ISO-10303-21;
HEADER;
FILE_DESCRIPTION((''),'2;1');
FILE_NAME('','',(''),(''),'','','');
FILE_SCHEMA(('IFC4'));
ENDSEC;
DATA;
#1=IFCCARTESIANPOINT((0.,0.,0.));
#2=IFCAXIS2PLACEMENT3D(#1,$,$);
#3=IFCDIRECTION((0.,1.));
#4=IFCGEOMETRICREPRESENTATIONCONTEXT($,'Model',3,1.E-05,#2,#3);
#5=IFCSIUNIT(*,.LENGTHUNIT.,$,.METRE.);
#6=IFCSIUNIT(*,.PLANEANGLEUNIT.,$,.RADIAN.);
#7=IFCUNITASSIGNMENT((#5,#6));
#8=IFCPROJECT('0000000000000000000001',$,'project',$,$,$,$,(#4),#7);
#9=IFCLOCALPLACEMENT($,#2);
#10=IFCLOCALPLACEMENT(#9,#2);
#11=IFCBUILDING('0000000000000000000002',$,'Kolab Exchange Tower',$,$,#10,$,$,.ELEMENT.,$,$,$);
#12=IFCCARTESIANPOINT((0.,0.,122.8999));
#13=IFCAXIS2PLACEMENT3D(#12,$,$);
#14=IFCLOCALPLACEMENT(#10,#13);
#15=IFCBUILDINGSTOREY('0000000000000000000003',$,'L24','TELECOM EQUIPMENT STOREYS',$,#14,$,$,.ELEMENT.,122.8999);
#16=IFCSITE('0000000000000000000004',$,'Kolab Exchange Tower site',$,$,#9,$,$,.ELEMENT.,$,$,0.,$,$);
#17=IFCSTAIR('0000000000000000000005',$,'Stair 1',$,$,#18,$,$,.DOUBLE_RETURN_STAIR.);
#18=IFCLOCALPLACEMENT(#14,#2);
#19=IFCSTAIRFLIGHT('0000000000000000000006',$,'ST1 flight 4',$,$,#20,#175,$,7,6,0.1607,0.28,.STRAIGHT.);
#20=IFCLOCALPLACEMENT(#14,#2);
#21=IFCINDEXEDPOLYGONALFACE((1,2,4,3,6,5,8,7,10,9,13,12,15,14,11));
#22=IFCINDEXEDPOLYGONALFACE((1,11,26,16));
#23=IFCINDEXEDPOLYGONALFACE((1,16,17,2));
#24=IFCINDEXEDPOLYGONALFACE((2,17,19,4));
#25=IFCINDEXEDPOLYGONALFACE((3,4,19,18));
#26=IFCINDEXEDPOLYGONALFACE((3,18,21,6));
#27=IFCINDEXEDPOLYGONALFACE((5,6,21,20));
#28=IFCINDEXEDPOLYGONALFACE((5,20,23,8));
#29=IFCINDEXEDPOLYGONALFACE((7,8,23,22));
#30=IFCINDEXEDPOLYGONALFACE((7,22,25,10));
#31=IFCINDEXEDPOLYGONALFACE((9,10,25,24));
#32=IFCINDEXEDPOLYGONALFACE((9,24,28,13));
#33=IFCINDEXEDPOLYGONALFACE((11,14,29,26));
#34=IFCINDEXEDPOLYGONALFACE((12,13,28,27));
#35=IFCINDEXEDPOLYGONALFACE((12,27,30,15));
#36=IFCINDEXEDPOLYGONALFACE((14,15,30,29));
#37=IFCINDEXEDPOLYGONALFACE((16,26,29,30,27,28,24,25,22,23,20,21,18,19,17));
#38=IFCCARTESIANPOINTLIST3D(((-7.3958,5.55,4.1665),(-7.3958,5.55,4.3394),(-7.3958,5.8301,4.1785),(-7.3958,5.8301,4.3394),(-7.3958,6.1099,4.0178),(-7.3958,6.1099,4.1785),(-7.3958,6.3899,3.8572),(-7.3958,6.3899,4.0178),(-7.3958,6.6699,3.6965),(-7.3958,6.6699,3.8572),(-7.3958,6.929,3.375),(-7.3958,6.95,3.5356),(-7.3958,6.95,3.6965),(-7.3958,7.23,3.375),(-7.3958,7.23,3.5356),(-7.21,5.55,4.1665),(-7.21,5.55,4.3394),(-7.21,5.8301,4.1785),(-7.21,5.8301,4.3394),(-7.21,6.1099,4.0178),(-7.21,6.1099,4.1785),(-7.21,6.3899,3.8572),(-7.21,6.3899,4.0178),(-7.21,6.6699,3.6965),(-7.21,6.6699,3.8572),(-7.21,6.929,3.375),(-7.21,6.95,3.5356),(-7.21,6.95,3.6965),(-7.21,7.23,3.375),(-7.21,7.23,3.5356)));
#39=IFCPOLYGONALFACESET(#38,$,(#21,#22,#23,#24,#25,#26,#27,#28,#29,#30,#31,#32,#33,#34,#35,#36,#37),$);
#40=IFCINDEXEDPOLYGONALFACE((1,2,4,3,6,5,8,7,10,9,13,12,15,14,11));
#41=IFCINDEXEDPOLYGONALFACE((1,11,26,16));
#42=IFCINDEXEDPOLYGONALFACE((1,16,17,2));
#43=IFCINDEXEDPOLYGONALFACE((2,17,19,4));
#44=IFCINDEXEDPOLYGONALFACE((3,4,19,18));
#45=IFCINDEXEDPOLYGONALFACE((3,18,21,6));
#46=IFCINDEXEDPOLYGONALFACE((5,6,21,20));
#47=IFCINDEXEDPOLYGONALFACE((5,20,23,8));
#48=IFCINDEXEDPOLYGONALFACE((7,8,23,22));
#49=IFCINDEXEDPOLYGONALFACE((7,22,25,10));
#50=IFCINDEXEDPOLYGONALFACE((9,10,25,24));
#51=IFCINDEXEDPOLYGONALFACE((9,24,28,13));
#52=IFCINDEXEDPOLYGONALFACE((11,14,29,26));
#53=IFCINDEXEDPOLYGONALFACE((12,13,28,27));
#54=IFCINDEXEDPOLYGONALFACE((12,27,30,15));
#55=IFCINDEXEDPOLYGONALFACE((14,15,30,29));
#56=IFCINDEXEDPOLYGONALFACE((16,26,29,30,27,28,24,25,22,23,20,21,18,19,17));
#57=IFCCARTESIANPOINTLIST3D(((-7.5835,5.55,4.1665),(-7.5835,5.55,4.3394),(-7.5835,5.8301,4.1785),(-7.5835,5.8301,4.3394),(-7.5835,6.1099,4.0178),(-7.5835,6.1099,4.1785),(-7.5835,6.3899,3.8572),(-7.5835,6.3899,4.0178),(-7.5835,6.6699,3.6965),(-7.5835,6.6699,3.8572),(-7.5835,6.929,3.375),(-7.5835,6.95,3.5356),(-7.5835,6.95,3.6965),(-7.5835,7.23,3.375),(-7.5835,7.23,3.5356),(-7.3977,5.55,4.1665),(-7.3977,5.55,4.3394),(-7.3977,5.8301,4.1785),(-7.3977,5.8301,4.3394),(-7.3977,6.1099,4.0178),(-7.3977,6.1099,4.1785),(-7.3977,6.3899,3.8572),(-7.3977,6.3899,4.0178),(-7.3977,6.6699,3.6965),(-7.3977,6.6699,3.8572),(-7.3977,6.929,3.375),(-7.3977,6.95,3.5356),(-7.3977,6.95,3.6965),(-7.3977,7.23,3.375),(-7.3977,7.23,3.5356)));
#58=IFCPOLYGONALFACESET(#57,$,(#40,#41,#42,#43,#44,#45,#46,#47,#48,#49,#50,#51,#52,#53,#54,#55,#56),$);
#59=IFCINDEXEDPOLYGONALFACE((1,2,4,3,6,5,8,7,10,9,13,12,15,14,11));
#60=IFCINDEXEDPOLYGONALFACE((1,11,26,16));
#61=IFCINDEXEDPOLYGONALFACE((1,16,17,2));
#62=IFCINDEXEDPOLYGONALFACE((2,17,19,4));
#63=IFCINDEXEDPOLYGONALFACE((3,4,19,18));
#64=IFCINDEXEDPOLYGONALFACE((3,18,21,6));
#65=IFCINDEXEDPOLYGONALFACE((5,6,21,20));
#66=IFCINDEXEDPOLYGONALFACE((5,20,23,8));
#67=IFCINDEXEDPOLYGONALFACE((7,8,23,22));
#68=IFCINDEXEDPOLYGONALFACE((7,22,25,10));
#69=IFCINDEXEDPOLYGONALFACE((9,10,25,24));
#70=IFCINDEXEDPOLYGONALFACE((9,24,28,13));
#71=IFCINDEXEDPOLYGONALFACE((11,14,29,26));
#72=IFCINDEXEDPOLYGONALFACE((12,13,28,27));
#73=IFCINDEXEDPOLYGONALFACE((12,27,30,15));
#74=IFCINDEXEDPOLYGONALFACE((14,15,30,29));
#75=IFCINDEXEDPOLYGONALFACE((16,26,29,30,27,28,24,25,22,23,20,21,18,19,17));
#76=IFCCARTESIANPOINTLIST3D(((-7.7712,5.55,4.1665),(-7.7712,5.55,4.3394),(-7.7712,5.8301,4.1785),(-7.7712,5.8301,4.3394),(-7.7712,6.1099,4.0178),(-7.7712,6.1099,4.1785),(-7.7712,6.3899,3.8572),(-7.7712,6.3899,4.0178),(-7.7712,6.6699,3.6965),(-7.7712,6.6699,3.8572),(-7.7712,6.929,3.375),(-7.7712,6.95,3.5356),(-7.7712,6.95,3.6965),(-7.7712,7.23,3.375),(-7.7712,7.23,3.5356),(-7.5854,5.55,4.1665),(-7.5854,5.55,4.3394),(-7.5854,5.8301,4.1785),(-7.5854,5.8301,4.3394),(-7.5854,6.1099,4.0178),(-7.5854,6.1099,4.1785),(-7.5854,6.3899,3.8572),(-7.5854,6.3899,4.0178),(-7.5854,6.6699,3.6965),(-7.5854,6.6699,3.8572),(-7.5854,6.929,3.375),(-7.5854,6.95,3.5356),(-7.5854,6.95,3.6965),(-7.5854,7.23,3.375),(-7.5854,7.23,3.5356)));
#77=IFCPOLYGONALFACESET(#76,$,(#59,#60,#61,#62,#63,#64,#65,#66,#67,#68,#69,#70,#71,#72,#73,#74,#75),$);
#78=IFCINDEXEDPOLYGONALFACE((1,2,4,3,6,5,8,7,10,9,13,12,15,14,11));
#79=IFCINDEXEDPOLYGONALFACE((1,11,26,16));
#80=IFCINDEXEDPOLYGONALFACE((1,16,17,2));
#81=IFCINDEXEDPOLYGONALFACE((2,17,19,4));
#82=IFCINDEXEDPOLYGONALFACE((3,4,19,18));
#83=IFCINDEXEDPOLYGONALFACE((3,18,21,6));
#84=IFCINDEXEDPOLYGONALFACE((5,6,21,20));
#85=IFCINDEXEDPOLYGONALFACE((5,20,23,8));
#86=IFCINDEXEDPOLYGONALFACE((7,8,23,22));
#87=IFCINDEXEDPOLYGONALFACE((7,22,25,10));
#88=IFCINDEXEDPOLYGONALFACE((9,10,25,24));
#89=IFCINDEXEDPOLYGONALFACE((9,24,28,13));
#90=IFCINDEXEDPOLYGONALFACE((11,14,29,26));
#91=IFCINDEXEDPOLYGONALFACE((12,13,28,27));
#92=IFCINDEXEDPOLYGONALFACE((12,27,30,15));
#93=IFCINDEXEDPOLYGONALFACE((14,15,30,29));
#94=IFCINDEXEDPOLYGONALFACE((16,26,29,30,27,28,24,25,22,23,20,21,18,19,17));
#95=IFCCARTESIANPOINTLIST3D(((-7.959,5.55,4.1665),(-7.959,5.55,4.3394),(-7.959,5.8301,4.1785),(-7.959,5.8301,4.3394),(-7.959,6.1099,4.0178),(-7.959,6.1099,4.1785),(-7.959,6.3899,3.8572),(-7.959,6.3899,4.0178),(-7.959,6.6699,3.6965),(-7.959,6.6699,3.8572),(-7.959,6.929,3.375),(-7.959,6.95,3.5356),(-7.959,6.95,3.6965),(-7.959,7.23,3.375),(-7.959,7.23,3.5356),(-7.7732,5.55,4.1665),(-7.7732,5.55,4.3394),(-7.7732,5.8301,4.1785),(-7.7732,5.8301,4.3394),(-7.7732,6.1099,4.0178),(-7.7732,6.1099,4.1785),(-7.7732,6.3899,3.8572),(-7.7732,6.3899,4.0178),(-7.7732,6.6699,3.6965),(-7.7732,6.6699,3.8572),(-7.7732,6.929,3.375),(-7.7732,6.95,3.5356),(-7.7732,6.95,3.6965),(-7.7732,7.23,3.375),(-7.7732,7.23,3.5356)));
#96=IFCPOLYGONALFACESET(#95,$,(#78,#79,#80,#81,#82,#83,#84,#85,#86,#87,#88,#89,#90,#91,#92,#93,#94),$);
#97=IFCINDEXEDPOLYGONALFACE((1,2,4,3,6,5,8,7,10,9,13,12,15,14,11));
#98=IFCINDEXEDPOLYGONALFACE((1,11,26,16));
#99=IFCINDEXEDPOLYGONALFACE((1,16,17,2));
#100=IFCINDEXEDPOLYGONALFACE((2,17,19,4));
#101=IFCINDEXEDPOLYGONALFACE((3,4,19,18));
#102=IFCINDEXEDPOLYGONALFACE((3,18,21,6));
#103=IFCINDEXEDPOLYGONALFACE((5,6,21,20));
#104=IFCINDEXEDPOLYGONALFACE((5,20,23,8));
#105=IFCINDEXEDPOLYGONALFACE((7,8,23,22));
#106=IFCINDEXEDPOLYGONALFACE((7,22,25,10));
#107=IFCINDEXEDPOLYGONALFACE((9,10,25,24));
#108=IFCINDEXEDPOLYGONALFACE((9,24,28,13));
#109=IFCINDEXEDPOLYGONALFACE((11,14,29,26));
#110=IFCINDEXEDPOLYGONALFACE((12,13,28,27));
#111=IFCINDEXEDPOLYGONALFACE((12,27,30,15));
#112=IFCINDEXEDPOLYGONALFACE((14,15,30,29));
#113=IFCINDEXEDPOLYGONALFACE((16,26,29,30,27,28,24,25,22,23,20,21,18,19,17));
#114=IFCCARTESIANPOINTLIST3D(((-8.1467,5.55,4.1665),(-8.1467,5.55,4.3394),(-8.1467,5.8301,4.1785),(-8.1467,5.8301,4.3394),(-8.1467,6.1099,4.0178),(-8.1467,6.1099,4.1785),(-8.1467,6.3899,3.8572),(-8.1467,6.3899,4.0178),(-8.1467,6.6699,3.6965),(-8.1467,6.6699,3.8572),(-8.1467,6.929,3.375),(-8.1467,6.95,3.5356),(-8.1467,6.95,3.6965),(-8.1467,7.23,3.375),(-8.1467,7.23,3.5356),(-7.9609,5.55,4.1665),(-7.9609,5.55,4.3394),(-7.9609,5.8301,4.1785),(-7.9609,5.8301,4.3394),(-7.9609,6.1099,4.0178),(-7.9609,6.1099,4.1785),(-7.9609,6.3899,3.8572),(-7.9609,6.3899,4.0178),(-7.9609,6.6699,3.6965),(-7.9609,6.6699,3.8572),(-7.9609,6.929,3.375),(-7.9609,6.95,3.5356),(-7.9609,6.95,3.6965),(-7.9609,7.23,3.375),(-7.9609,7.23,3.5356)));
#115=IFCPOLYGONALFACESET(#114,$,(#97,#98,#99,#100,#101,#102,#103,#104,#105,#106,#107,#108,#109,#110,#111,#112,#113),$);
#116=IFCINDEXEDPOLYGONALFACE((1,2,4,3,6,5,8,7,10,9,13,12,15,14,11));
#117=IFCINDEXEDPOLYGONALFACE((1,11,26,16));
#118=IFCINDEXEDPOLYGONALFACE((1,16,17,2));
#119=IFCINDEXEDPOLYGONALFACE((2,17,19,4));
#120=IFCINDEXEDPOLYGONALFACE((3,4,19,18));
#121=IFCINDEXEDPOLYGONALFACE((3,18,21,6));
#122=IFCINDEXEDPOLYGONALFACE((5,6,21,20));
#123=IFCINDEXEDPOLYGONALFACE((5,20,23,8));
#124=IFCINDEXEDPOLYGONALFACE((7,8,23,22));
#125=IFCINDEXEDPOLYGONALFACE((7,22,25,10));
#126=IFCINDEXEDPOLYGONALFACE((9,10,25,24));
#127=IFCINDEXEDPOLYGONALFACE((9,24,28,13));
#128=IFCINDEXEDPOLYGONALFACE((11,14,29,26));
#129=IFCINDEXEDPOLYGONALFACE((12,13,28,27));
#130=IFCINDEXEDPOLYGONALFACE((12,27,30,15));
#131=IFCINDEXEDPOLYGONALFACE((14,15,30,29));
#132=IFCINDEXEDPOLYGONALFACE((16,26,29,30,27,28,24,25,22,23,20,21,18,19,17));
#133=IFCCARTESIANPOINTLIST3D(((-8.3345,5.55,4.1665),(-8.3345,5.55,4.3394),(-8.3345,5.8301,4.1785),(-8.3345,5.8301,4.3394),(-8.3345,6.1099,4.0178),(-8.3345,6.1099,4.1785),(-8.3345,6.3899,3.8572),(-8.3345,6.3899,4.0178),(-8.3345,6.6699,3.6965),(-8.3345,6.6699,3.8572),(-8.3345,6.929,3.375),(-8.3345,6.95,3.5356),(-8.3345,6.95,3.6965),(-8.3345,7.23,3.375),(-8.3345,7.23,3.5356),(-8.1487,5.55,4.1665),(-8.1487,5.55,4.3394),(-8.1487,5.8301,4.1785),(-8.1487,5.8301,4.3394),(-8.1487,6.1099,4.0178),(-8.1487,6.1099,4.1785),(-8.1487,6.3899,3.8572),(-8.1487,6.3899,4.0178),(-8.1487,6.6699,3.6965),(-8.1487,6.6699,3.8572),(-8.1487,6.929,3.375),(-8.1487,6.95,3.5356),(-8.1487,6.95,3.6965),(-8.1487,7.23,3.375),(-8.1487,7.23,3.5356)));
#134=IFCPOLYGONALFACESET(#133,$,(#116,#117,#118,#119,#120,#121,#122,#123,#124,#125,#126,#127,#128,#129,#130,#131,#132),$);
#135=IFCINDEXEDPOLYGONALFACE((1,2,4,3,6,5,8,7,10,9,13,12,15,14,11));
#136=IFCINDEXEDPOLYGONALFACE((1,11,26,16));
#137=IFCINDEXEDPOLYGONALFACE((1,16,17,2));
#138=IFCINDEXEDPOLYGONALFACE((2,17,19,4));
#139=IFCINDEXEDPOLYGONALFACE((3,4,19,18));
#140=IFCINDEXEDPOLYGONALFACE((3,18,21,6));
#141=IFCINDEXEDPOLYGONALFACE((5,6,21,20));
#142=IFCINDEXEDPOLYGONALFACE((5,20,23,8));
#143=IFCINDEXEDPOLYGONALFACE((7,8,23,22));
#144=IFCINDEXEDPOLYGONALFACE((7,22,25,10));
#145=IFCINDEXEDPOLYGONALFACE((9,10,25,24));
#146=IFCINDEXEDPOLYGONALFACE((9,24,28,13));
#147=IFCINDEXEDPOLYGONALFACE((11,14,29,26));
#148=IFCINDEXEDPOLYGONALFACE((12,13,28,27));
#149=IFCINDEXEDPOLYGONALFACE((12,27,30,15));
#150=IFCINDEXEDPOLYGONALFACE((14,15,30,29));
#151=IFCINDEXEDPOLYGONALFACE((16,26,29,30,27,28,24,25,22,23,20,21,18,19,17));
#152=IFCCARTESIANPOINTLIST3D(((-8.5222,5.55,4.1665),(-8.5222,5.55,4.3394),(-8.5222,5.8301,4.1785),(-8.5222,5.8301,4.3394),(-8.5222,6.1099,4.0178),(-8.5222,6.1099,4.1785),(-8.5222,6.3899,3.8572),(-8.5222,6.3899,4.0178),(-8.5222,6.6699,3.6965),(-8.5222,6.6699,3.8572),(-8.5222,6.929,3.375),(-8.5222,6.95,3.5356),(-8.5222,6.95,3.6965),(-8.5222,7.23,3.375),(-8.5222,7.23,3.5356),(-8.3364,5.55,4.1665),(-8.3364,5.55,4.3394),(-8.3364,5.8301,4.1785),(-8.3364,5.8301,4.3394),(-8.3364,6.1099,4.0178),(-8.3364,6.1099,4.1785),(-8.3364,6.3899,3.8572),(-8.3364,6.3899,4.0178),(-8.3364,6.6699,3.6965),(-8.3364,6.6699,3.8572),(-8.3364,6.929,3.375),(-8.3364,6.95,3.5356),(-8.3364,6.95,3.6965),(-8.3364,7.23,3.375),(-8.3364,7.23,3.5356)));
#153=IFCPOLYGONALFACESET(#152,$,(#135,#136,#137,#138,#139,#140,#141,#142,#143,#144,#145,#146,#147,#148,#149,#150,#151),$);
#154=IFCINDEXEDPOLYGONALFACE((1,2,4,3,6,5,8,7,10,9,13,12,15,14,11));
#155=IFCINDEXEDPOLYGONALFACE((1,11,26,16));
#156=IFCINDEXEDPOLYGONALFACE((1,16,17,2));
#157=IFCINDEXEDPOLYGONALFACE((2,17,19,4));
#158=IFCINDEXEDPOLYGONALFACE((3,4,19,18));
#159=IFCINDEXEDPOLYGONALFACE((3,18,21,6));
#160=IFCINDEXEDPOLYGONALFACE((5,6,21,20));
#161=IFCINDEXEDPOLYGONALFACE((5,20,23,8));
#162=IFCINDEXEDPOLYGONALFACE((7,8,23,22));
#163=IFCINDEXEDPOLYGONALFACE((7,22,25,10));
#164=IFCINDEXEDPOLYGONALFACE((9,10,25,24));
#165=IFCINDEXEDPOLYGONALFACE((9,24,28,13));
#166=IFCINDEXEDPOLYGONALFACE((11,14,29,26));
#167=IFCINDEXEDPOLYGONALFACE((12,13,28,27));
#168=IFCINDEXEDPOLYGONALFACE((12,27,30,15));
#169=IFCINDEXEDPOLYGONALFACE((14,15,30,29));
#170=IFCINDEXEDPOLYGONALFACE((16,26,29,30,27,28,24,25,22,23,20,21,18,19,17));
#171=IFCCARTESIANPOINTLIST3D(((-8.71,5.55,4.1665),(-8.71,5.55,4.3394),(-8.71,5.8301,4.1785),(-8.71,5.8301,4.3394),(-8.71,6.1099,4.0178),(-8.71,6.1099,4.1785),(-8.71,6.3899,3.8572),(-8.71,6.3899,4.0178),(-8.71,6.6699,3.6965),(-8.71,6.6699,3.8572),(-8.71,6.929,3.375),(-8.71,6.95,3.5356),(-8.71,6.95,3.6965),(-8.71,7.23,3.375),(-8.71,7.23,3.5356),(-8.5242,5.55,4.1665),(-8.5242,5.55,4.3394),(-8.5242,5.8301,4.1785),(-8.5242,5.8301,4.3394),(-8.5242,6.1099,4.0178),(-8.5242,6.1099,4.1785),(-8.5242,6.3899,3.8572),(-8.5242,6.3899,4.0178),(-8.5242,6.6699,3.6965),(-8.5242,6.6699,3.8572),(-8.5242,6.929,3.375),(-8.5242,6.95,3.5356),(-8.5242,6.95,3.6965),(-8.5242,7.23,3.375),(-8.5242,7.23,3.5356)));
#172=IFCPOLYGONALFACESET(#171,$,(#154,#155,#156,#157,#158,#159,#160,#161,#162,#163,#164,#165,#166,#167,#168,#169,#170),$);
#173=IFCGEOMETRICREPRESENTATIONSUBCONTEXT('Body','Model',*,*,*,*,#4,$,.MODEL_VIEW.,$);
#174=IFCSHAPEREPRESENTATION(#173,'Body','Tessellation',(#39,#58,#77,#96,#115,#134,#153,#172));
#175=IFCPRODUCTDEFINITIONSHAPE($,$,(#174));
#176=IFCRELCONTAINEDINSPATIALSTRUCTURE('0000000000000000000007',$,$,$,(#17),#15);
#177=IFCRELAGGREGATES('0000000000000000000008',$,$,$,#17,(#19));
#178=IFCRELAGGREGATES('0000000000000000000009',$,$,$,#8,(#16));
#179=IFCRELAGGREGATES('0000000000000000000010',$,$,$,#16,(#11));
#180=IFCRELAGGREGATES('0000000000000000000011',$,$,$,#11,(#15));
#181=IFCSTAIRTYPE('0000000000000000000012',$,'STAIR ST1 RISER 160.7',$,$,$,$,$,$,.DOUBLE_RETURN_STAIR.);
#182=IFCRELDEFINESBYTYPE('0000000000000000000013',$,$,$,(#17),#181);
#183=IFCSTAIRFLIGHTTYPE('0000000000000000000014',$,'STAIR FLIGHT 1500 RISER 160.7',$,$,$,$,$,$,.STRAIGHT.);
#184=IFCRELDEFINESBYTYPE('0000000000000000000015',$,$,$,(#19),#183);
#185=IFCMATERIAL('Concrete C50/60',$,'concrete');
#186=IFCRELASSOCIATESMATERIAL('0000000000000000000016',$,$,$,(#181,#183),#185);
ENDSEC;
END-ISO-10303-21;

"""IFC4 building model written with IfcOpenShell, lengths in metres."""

from ifc_helpers import new_model, si_unit, direction, frame, origin, place, context, subcontext, project, spatial, polyline, outline, extrude, material, type_object, element, aggregate, save


model = new_model("IFC4")

# Units and contexts
model_context = context("Model", 3, precision=1e-05, world=origin(), true_north=direction((0.0, 1.0)))
body_context = subcontext(model_context, "Body", "Model", "MODEL_VIEW")
ifc_project = project(units=[si_unit("LENGTHUNIT", "METRE"), si_unit("PLANEANGLEUNIT", "RADIAN")], contexts=[model_context])

# Site, building, storey
site_placement = place(None, origin())
site = spatial("IfcSite", under=ifc_project, at=site_placement, Name="Kolab Exchange Tower site", CompositionType="ELEMENT", RefElevation=0.0)
building_placement = place(site_placement, origin())
building = spatial("IfcBuilding", under=site, at=building_placement, Name="Kolab Exchange Tower", CompositionType="ELEMENT")
storey_placement = place(building_placement, frame((0.0, 0.0, 122.8999)))
storey = spatial("IfcBuildingStorey", under=building, at=storey_placement, Name="L24", Description="TELECOM EQUIPMENT STOREYS", CompositionType="ELEMENT", Elevation=122.8999)

# Shared definitions
ifc_material_1 = material(Name="Concrete C50/60", Category="concrete")

# Stair, stair flight
stair_type = type_object("IfcStairType", Name="STAIR ST1 RISER 160.7", PredefinedType="DOUBLE_RETURN_STAIR", material=ifc_material_1)
stair_placement = place(storey_placement, origin())
stair = element("IfcStair", 1, at=stair_placement, inside=storey, type_object=stair_type, Name="Stair 1", PredefinedType="DOUBLE_RETURN_STAIR")
stair_flight_type = type_object("IfcStairFlightType", Name="STAIR FLIGHT 1500 RISER 160.7", PredefinedType="STRAIGHT", material=ifc_material_1)
stair_flight_1_placement = place(storey_placement, frame((-7.96, 7.23, 3.375), z_axis=(0.0, 0.0, 1.0), x_axis=(0.0, -1.0, 0.0)))
stair_flight_1 = element("IfcStairFlight", 2, at=stair_flight_1_placement, type_object=stair_flight_type, Name="ST1 flight 4", NumberOfRisers=7, NumberOfTreads=6, PredefinedType="STRAIGHT", RiserHeight=0.1607, TreadLength=0.28, context=body_context, shape_type="SweptSolid", body=[
    extrude(outline(polyline([(0.0, 0.0), (0.0, 0.1606), (0.28, 0.1606), (0.28, 0.3215), (0.5601, 0.3215), (0.5601, 0.4822), (0.8401, 0.4822), (0.8401, 0.6428), (1.1201, 0.6428), (1.1201, 0.8035), (1.3999, 0.8035), (1.3999, 0.9644), (1.6799, 0.9644), (1.6799, 1.125), (1.6799, 0.7915), (0.301, 0.0), (0.0, 0.0)])), frame((0.0, 0.75, 0.0), z_axis=(0.0, -1.0, 0.0), x_axis=(1.0, 0.0, 0.0)), (0.0, 0.0, 1.0), 0.1858),
    extrude(outline(polyline([(0.0, 0.0), (0.0, 0.1606), (0.28, 0.1606), (0.28, 0.3215), (0.5601, 0.3215), (0.5601, 0.4822), (0.8401, 0.4822), (0.8401, 0.6428), (1.1201, 0.6428), (1.1201, 0.8035), (1.3999, 0.8035), (1.3999, 0.9644), (1.6799, 0.9644), (1.6799, 1.125), (1.6799, 0.7915), (0.301, 0.0), (0.0, 0.0)])), frame((0.0, 0.5623, 0.0), z_axis=(0.0, -1.0, 0.0), x_axis=(1.0, 0.0, 0.0)), (0.0, 0.0, 1.0), 0.1858),
    extrude(outline(polyline([(0.0, 0.0), (0.0, 0.1606), (0.28, 0.1606), (0.28, 0.3215), (0.5601, 0.3215), (0.5601, 0.4822), (0.8401, 0.4822), (0.8401, 0.6428), (1.1201, 0.6428), (1.1201, 0.8035), (1.3999, 0.8035), (1.3999, 0.9644), (1.6799, 0.9644), (1.6799, 1.125), (1.6799, 0.7915), (0.301, 0.0), (0.0, 0.0)])), frame((0.0, 0.3745, 0.0), z_axis=(0.0, -1.0, 0.0), x_axis=(1.0, 0.0, 0.0)), (0.0, 0.0, 1.0), 0.1858),
    extrude(outline(polyline([(0.0, 0.0), (0.0, 0.1606), (0.28, 0.1606), (0.28, 0.3215), (0.5601, 0.3215), (0.5601, 0.4822), (0.8401, 0.4822), (0.8401, 0.6428), (1.1201, 0.6428), (1.1201, 0.8035), (1.3999, 0.8035), (1.3999, 0.9644), (1.6799, 0.9644), (1.6799, 1.125), (1.6799, 0.7915), (0.301, 0.0), (0.0, 0.0)])), frame((0.0, 0.1868, 0.0), z_axis=(0.0, -1.0, 0.0), x_axis=(1.0, 0.0, 0.0)), (0.0, 0.0, 1.0), 0.1858),
    extrude(outline(polyline([(0.0, 0.0), (0.0, 0.1606), (0.28, 0.1606), (0.28, 0.3215), (0.5601, 0.3215), (0.5601, 0.4822), (0.8401, 0.4822), (0.8401, 0.6428), (1.1201, 0.6428), (1.1201, 0.8035), (1.3999, 0.8035), (1.3999, 0.9644), (1.6799, 0.9644), (1.6799, 1.125), (1.6799, 0.7915), (0.301, 0.0), (0.0, 0.0)])), frame((0.0, -0.001, 0.0), z_axis=(0.0, -1.0, 0.0), x_axis=(1.0, 0.0, 0.0)), (0.0, 0.0, 1.0), 0.1858),
    extrude(outline(polyline([(0.0, 0.0), (0.0, 0.1606), (0.28, 0.1606), (0.28, 0.3215), (0.5601, 0.3215), (0.5601, 0.4822), (0.8401, 0.4822), (0.8401, 0.6428), (1.1201, 0.6428), (1.1201, 0.8035), (1.3999, 0.8035), (1.3999, 0.9644), (1.6799, 0.9644), (1.6799, 1.125), (1.6799, 0.7915), (0.301, 0.0), (0.0, 0.0)])), frame((0.0, -0.1887, 0.0), z_axis=(0.0, -1.0, 0.0), x_axis=(1.0, 0.0, 0.0)), (0.0, 0.0, 1.0), 0.1858),
    extrude(outline(polyline([(0.0, 0.0), (0.0, 0.1606), (0.28, 0.1606), (0.28, 0.3215), (0.5601, 0.3215), (0.5601, 0.4822), (0.8401, 0.4822), (0.8401, 0.6428), (1.1201, 0.6428), (1.1201, 0.8035), (1.3999, 0.8035), (1.3999, 0.9644), (1.6799, 0.9644), (1.6799, 1.125), (1.6799, 0.7915), (0.301, 0.0), (0.0, 0.0)])), frame((0.0, -0.3765, 0.0), z_axis=(0.0, -1.0, 0.0), x_axis=(1.0, 0.0, 0.0)), (0.0, 0.0, 1.0), 0.1858),
    extrude(outline(polyline([(0.0, 0.0), (0.0, 0.1606), (0.28, 0.1606), (0.28, 0.3215), (0.5601, 0.3215), (0.5601, 0.4822), (0.8401, 0.4822), (0.8401, 0.6428), (1.1201, 0.6428), (1.1201, 0.8035), (1.3999, 0.8035), (1.3999, 0.9644), (1.6799, 0.9644), (1.6799, 1.125), (1.6799, 0.7915), (0.301, 0.0), (0.0, 0.0)])), frame((0.0, -0.5642, 0.0), z_axis=(0.0, -1.0, 0.0), x_axis=(1.0, 0.0, 0.0)), (0.0, 0.0, 1.0), 0.1858),
])
aggregate(stair, [stair_flight_1])

save(model, "model.ifc")
